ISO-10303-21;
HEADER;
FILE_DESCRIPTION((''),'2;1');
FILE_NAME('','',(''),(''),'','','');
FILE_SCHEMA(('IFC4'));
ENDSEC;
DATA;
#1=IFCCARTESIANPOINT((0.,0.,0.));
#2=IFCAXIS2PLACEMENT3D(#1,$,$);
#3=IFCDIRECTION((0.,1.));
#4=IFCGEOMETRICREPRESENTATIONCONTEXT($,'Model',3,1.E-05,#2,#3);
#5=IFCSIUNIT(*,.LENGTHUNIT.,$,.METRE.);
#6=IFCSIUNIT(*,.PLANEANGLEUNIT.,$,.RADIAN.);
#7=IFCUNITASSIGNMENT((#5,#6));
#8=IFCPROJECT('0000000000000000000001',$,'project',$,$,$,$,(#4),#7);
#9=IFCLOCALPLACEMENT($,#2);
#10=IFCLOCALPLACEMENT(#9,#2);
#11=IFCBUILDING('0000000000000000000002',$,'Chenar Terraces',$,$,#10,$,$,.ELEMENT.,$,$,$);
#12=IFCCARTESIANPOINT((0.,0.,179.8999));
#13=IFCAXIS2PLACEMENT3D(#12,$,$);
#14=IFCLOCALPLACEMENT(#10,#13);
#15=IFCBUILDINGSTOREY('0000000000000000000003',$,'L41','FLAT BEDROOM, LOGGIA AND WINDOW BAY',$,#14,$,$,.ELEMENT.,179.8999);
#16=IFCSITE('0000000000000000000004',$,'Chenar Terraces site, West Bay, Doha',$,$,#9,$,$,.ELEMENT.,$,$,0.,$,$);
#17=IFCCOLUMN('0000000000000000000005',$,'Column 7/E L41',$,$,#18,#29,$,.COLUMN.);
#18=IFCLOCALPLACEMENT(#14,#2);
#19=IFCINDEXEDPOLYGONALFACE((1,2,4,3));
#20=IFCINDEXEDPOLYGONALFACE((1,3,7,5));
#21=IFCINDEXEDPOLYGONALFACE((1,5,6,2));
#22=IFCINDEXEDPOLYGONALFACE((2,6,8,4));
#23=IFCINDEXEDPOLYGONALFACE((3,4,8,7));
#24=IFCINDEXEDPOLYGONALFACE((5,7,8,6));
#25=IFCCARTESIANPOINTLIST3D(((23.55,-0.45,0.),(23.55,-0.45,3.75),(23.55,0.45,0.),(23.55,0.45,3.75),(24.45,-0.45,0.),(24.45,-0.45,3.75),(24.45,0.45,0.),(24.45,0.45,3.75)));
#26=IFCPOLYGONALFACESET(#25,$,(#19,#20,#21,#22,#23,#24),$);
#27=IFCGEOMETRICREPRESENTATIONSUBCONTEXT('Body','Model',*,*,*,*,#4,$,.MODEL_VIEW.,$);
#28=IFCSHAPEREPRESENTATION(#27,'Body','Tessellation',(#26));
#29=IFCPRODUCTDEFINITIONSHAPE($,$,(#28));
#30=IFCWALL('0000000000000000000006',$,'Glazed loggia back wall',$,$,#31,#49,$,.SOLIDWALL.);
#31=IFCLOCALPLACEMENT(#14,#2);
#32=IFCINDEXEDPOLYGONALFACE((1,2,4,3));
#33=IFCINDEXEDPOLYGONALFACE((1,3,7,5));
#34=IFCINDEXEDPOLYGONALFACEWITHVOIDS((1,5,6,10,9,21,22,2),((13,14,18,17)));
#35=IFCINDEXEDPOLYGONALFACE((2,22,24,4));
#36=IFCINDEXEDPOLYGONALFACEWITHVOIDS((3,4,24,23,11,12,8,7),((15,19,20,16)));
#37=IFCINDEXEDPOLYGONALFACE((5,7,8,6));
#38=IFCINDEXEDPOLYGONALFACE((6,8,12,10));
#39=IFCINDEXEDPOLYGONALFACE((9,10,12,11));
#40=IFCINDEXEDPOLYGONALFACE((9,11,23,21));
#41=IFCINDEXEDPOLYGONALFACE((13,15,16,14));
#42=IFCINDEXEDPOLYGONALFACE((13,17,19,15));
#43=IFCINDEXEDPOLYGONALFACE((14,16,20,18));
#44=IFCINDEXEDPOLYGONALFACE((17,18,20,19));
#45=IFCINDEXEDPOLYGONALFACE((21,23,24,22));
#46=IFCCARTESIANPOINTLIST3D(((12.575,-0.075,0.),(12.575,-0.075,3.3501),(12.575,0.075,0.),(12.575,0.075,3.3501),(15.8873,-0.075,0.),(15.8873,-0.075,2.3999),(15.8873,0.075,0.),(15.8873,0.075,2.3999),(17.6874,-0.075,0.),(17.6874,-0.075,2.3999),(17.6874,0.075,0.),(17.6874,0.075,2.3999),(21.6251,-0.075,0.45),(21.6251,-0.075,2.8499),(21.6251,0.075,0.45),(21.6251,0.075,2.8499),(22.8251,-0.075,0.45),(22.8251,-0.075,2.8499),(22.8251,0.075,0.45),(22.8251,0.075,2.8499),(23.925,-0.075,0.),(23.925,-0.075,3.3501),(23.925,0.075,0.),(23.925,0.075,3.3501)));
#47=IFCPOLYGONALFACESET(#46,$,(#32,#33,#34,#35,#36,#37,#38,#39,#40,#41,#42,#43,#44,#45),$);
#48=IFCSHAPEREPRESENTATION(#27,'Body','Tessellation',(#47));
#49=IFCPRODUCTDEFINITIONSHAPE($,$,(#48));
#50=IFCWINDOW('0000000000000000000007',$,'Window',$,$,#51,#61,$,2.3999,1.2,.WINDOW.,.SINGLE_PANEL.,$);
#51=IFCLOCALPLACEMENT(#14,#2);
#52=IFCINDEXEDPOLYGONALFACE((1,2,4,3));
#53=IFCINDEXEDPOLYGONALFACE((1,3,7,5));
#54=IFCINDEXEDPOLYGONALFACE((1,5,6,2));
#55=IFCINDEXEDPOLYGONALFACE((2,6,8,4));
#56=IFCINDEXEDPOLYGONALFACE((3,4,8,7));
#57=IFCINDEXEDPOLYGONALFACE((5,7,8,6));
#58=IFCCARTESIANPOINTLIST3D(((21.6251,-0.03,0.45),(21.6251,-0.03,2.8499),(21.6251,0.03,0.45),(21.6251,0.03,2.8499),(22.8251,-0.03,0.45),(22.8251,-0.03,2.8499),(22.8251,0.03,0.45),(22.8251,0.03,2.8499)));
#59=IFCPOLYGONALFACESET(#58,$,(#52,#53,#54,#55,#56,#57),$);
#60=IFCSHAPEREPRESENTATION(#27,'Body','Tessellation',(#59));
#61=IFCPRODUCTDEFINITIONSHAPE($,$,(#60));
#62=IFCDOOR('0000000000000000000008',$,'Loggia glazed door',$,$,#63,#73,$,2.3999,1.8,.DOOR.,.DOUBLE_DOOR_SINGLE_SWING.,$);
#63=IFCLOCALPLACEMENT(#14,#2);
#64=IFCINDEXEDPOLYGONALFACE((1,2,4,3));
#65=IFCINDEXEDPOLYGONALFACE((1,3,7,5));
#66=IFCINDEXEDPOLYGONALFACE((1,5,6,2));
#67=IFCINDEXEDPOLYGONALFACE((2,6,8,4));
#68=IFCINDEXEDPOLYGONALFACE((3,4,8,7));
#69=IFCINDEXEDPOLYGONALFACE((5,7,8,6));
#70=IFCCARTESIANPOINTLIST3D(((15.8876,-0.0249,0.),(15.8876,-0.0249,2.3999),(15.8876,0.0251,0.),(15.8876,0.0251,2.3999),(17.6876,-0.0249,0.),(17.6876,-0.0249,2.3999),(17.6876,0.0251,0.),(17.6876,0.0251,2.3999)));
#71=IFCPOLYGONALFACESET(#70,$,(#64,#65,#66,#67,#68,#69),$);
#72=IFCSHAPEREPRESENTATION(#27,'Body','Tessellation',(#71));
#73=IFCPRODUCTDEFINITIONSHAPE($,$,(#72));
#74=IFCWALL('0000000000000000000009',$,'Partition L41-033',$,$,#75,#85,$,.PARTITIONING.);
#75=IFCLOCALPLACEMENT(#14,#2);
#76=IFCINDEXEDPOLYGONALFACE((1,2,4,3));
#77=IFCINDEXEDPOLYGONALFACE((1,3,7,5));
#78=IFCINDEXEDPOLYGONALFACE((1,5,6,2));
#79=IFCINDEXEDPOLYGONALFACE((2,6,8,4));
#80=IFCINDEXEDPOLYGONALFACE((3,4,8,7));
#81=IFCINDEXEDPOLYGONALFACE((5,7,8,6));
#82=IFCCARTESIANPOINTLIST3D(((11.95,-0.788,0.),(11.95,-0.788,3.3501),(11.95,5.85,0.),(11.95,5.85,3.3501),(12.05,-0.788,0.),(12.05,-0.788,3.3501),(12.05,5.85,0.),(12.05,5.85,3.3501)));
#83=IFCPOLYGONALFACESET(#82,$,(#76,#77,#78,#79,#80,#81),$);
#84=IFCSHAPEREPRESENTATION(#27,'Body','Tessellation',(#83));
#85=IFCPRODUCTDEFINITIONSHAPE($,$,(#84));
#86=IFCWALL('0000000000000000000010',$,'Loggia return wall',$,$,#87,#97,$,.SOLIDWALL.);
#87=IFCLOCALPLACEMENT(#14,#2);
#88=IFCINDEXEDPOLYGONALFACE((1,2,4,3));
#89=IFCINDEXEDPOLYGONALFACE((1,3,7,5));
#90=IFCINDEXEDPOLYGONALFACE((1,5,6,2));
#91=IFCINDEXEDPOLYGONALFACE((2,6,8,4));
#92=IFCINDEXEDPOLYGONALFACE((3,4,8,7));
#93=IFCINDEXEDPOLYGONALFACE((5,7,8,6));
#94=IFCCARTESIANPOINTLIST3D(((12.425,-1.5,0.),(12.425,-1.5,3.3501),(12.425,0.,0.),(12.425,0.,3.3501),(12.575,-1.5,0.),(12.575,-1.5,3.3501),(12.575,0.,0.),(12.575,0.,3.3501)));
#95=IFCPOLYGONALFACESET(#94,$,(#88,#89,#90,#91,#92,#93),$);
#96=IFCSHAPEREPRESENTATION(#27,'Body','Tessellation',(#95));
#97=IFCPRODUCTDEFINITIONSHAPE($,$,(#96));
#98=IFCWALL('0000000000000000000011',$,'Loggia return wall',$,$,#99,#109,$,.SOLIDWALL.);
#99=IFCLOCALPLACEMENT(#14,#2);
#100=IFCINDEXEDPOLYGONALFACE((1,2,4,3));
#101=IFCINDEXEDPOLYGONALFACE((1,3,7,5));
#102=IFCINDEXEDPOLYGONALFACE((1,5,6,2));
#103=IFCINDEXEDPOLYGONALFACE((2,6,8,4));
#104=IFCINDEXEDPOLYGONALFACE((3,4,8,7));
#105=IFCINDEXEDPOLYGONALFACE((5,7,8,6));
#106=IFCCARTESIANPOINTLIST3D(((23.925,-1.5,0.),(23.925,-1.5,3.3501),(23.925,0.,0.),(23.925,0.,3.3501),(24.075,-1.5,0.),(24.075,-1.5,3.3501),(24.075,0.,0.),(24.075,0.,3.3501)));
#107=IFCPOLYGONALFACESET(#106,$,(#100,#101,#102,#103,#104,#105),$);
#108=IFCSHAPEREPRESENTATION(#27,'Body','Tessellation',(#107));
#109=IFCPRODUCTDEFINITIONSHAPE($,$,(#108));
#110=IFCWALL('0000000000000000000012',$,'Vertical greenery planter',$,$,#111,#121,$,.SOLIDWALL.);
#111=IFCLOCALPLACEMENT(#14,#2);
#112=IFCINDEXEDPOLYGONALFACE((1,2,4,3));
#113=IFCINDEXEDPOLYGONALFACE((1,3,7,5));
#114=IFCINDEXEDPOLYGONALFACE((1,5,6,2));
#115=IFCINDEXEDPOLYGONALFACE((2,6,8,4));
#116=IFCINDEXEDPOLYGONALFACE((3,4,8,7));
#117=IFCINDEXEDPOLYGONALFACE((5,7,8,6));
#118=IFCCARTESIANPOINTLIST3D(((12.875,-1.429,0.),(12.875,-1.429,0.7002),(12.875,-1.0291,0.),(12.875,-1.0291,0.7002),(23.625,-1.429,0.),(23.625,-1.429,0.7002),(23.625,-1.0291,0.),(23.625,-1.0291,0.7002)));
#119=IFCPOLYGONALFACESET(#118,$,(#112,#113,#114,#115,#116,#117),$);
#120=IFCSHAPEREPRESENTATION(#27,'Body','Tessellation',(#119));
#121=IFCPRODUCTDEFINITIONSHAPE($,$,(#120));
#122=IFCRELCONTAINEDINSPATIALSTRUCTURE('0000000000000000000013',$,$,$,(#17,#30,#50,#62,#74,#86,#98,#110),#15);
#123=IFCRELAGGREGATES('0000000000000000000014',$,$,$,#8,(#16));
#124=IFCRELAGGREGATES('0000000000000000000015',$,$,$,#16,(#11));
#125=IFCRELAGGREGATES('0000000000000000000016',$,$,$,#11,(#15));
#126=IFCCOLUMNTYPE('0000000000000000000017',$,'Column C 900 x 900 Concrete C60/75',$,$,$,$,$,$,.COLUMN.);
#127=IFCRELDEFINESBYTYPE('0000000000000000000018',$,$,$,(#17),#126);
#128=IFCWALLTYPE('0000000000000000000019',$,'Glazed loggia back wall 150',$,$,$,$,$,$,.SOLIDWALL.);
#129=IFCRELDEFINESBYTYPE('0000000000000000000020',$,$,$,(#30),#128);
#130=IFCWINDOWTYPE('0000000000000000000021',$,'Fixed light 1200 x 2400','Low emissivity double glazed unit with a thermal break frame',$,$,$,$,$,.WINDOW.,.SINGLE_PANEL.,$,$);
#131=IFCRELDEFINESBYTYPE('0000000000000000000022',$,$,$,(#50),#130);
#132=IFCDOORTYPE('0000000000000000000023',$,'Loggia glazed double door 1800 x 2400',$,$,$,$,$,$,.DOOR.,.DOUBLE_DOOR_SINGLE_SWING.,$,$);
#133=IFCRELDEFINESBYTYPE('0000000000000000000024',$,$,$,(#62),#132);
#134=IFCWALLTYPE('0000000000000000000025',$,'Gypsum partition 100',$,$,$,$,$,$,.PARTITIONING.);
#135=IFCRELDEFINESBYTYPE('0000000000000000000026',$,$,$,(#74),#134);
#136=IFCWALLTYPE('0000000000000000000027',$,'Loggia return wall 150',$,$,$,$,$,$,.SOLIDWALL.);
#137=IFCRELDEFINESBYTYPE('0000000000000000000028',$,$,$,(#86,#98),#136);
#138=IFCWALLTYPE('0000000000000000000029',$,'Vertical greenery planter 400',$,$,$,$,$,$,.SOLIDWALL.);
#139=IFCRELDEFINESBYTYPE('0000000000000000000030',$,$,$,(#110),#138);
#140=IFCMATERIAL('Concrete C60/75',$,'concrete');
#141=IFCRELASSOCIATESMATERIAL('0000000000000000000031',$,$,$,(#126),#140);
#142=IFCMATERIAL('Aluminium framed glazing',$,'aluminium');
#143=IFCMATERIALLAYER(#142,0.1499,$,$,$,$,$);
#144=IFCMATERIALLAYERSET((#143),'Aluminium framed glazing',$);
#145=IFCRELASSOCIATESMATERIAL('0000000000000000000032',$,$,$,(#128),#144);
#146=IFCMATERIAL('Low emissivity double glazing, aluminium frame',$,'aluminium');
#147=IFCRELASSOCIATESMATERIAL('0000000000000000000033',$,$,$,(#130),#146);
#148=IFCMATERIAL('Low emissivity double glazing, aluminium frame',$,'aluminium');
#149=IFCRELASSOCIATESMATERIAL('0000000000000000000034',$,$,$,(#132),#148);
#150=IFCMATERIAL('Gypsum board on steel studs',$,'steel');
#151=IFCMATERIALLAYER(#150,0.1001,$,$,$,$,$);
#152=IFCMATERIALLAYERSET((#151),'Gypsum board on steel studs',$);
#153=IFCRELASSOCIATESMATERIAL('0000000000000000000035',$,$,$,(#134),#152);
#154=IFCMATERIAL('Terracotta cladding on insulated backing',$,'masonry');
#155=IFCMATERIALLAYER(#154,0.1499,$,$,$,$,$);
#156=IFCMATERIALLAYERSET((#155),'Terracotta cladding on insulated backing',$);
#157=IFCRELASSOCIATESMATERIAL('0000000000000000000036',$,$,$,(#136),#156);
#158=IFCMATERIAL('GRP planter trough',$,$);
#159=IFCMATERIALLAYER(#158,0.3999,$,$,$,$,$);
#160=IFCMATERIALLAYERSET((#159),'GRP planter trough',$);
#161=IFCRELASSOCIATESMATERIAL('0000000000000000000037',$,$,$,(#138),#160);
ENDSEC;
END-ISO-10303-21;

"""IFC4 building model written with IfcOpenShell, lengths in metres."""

from ifc_helpers import new_model, si_unit, direction, frame, frame_2d, origin, origin_2d, place, context, subcontext, project, spatial, rectangle, extrude, material, layer, layer_set, material_profile, profile_set, type_object, element, fill, save


model = new_model("IFC4")

# Units and contexts
model_context = context("Model", 3, precision=1e-05, world=origin(), true_north=direction((0.0, 1.0)))
body_context = subcontext(model_context, "Body", "Model", "MODEL_VIEW")
ifc_project = project(units=[si_unit("LENGTHUNIT", "METRE"), si_unit("PLANEANGLEUNIT", "RADIAN")], contexts=[model_context])

# Site, building, storey
site_placement = place(None, origin())
site = spatial("IfcSite", under=ifc_project, at=site_placement, Name="Chenar Terraces site, West Bay, Doha", CompositionType="ELEMENT", RefElevation=0.0)
building_placement = place(site_placement, origin())
building = spatial("IfcBuilding", under=site, at=building_placement, Name="Chenar Terraces", CompositionType="ELEMENT")
storey_placement = place(building_placement, frame((0.0, 0.0, 179.8999)))
storey = spatial("IfcBuildingStorey", under=building, at=storey_placement, Name="L41", Description="FLAT BEDROOM, LOGGIA AND WINDOW BAY", CompositionType="ELEMENT", Elevation=179.8999)

# Column
ifc_material_1 = material(Name="Concrete C60/75", Category="concrete")
ifc_material_profile_1 = material_profile(ifc_material_1, rectangle(XDim=0.8999, YDim=0.8999, at=origin_2d()), Name="C 900 x 900")
ifc_profile_set_1 = profile_set([ifc_material_profile_1], Name="Concrete C60/75")
column_type = type_object("IfcColumnType", Name="Column C 900 x 900 Concrete C60/75", PredefinedType="COLUMN", material=ifc_profile_set_1)
column_placement = place(storey_placement, frame((24.0, 0.0, 0.0), z_axis=(0.0, 0.0, 1.0), x_axis=(1.0, 0.0, 0.0)))
element("IfcColumn", 1, at=column_placement, inside=storey, type_object=column_type, Name="Column 7/E L41", PredefinedType="COLUMN", context=body_context, shape_type="SweptSolid", body=[
    extrude(rectangle(XDim=0.8999, YDim=0.8999, at=origin_2d()), origin(), (0.0, 0.0, 1.0), 3.75),
])

# Wall, openings, window, door
ifc_material_2 = material(Name="Aluminium framed glazing", Category="aluminium")
ifc_layer_1 = layer(ifc_material_2, 0.1499)
ifc_layer_set_1 = layer_set([ifc_layer_1], Name="Aluminium framed glazing")
wall_type_1 = type_object("IfcWallType", Name="Glazed loggia back wall 150", PredefinedType="SOLIDWALL", material=ifc_layer_set_1)
wall_1_placement = place(storey_placement, frame((12.575, 0.0, 0.0), z_axis=(0.0, 0.0, 1.0), x_axis=(1.0, 0.0, 0.0)))
wall_1 = element("IfcWall", 2, at=wall_1_placement, inside=storey, type_object=wall_type_1, Name="Glazed loggia back wall", PredefinedType="SOLIDWALL", context=body_context, shape_type="SweptSolid", body=[
    extrude(rectangle(XDim=11.3501, YDim=0.1499, at=frame_2d((5.675, 0.0))), origin(), (0.0, 0.0, 1.0), 3.3501),
])
opening_1_placement = place(wall_1_placement, frame((3.3125, 0.0, 0.0)))
opening_1 = element("IfcOpeningElement", 3, at=opening_1_placement, cuts=wall_1, PredefinedType="OPENING", context=body_context, shape_type="SweptSolid", body=[
    extrude(rectangle(XDim=1.8, YDim=2.3999, at=frame_2d((0.8999, 1.2))), frame((0.0, 0.085, 0.0), z_axis=(0.0, -1.0, 0.0), x_axis=(1.0, 0.0, 0.0)), (0.0, 0.0, 1.0), 0.1699),
])
opening_2_placement = place(wall_1_placement, frame((9.05, 0.0, 0.45)))
opening_2 = element("IfcOpeningElement", 4, at=opening_2_placement, cuts=wall_1, PredefinedType="OPENING", context=body_context, shape_type="SweptSolid", body=[
    extrude(rectangle(XDim=1.2, YDim=2.3999, at=frame_2d((0.6001, 1.2))), frame((0.0, 0.085, 0.0), z_axis=(0.0, -1.0, 0.0), x_axis=(1.0, 0.0, 0.0)), (0.0, 0.0, 1.0), 0.1699),
])
ifc_material_3 = material(Name="Low emissivity double glazing, aluminium frame", Category="aluminium")
window_type = type_object("IfcWindowType", Name="Fixed light 1200 x 2400", Description="Low emissivity double glazed unit with a thermal break frame", PartitioningType="SINGLE_PANEL", PredefinedType="WINDOW", material=ifc_material_3)
window_placement = place(opening_2_placement, origin())
window = element("IfcWindow", 5, at=window_placement, inside=storey, type_object=window_type, Name="Window", OverallHeight=2.3999, OverallWidth=1.2, PartitioningType="SINGLE_PANEL", PredefinedType="WINDOW", context=body_context, shape_type="SweptSolid", body=[
    extrude(rectangle(XDim=1.2, YDim=2.3999, at=frame_2d((0.6001, 1.2))), frame((0.0, 0.03, 0.0), z_axis=(0.0, -1.0, 0.0), x_axis=(1.0, 0.0, 0.0)), (0.0, 0.0, 1.0), 0.0601),
])
fill(opening_2, window)
ifc_material_4 = material(Name="Low emissivity double glazing, aluminium frame", Category="aluminium")
door_type = type_object("IfcDoorType", Name="Loggia glazed double door 1800 x 2400", OperationType="DOUBLE_DOOR_SINGLE_SWING", PredefinedType="DOOR", material=ifc_material_4)
door_placement = place(opening_1_placement, frame((1.8, 0.0, 0.0), z_axis=(0.0, 0.0, 1.0), x_axis=(-1.0, 0.0, 0.0)))
door = element("IfcDoor", 6, at=door_placement, inside=storey, type_object=door_type, Name="Loggia glazed door", OperationType="DOUBLE_DOOR_SINGLE_SWING", OverallHeight=2.3999, OverallWidth=1.8, PredefinedType="DOOR", context=body_context, shape_type="SweptSolid", body=[
    extrude(rectangle(XDim=1.8, YDim=2.3999, at=frame_2d((0.8999, 1.2))), frame((0.0, 0.0249, 0.0), z_axis=(0.0, -1.0, 0.0), x_axis=(1.0, 0.0, 0.0)), (0.0, 0.0, 1.0), 0.05),
])
fill(opening_1, door)

# Walls
ifc_material_5 = material(Name="Gypsum board on steel studs", Category="steel")
ifc_layer_2 = layer(ifc_material_5, 0.1001)
ifc_layer_set_2 = layer_set([ifc_layer_2], Name="Gypsum board on steel studs")
wall_type_2 = type_object("IfcWallType", Name="Gypsum partition 100", PredefinedType="PARTITIONING", material=ifc_layer_set_2)
wall_2_placement = place(storey_placement, frame((12.0, -0.7878, 0.0), z_axis=(0.0, 0.0, 1.0), x_axis=(0.0, 1.0, 0.0)))
element("IfcWall", 7, at=wall_2_placement, inside=storey, type_object=wall_type_2, Name="Partition L41-033", PredefinedType="PARTITIONING", context=body_context, shape_type="SweptSolid", body=[
    extrude(rectangle(XDim=6.6379, YDim=0.1001, at=frame_2d((3.3188, 0.0))), origin(), (0.0, 0.0, 1.0), 3.3501),
])
ifc_material_6 = material(Name="Terracotta cladding on insulated backing", Category="masonry")
ifc_layer_3 = layer(ifc_material_6, 0.1499)
ifc_layer_set_3 = layer_set([ifc_layer_3], Name="Terracotta cladding on insulated backing")
wall_type_3 = type_object("IfcWallType", Name="Loggia return wall 150", PredefinedType="SOLIDWALL", material=ifc_layer_set_3)
for number, where, z_axis, x_axis, name in (
    (8, (12.5, -1.5, 0.0), (0.0, 0.0, 1.0), (0.0, 1.0, 0.0), "Loggia return wall"),
    (9, (24.0, -1.5, 0.0), (0.0, 0.0, 1.0), (0.0, 1.0, 0.0), "Loggia return wall"),
):
    element("IfcWall", number, at=place(storey_placement, frame(where, z_axis=z_axis, x_axis=x_axis)), inside=storey, type_object=wall_type_3, Name=name, PredefinedType="SOLIDWALL", context=body_context, shape_type="SweptSolid", body=[
        extrude(rectangle(XDim=1.5, YDim=0.1499, at=frame_2d((0.75, 0.0))), origin(), (0.0, 0.0, 1.0), 3.3501),
    ])
ifc_material_7 = material(Name="GRP planter trough")
ifc_layer_4 = layer(ifc_material_7, 0.3999)
ifc_layer_set_4 = layer_set([ifc_layer_4], Name="GRP planter trough")
wall_type_4 = type_object("IfcWallType", Name="Vertical greenery planter 400", PredefinedType="SOLIDWALL", material=ifc_layer_set_4)
wall_3_placement = place(storey_placement, frame((12.875, -1.229, 0.0), z_axis=(0.0, 0.0, 1.0), x_axis=(1.0, 0.0, 0.0)))
element("IfcWall", 10, at=wall_3_placement, inside=storey, type_object=wall_type_4, Name="Vertical greenery planter", PredefinedType="SOLIDWALL", context=body_context, shape_type="SweptSolid", body=[
    extrude(rectangle(XDim=10.75, YDim=0.3999, at=frame_2d((5.375, 0.0))), origin(), (0.0, 0.0, 1.0), 0.7002),
])

save(model, "model.ifc")
